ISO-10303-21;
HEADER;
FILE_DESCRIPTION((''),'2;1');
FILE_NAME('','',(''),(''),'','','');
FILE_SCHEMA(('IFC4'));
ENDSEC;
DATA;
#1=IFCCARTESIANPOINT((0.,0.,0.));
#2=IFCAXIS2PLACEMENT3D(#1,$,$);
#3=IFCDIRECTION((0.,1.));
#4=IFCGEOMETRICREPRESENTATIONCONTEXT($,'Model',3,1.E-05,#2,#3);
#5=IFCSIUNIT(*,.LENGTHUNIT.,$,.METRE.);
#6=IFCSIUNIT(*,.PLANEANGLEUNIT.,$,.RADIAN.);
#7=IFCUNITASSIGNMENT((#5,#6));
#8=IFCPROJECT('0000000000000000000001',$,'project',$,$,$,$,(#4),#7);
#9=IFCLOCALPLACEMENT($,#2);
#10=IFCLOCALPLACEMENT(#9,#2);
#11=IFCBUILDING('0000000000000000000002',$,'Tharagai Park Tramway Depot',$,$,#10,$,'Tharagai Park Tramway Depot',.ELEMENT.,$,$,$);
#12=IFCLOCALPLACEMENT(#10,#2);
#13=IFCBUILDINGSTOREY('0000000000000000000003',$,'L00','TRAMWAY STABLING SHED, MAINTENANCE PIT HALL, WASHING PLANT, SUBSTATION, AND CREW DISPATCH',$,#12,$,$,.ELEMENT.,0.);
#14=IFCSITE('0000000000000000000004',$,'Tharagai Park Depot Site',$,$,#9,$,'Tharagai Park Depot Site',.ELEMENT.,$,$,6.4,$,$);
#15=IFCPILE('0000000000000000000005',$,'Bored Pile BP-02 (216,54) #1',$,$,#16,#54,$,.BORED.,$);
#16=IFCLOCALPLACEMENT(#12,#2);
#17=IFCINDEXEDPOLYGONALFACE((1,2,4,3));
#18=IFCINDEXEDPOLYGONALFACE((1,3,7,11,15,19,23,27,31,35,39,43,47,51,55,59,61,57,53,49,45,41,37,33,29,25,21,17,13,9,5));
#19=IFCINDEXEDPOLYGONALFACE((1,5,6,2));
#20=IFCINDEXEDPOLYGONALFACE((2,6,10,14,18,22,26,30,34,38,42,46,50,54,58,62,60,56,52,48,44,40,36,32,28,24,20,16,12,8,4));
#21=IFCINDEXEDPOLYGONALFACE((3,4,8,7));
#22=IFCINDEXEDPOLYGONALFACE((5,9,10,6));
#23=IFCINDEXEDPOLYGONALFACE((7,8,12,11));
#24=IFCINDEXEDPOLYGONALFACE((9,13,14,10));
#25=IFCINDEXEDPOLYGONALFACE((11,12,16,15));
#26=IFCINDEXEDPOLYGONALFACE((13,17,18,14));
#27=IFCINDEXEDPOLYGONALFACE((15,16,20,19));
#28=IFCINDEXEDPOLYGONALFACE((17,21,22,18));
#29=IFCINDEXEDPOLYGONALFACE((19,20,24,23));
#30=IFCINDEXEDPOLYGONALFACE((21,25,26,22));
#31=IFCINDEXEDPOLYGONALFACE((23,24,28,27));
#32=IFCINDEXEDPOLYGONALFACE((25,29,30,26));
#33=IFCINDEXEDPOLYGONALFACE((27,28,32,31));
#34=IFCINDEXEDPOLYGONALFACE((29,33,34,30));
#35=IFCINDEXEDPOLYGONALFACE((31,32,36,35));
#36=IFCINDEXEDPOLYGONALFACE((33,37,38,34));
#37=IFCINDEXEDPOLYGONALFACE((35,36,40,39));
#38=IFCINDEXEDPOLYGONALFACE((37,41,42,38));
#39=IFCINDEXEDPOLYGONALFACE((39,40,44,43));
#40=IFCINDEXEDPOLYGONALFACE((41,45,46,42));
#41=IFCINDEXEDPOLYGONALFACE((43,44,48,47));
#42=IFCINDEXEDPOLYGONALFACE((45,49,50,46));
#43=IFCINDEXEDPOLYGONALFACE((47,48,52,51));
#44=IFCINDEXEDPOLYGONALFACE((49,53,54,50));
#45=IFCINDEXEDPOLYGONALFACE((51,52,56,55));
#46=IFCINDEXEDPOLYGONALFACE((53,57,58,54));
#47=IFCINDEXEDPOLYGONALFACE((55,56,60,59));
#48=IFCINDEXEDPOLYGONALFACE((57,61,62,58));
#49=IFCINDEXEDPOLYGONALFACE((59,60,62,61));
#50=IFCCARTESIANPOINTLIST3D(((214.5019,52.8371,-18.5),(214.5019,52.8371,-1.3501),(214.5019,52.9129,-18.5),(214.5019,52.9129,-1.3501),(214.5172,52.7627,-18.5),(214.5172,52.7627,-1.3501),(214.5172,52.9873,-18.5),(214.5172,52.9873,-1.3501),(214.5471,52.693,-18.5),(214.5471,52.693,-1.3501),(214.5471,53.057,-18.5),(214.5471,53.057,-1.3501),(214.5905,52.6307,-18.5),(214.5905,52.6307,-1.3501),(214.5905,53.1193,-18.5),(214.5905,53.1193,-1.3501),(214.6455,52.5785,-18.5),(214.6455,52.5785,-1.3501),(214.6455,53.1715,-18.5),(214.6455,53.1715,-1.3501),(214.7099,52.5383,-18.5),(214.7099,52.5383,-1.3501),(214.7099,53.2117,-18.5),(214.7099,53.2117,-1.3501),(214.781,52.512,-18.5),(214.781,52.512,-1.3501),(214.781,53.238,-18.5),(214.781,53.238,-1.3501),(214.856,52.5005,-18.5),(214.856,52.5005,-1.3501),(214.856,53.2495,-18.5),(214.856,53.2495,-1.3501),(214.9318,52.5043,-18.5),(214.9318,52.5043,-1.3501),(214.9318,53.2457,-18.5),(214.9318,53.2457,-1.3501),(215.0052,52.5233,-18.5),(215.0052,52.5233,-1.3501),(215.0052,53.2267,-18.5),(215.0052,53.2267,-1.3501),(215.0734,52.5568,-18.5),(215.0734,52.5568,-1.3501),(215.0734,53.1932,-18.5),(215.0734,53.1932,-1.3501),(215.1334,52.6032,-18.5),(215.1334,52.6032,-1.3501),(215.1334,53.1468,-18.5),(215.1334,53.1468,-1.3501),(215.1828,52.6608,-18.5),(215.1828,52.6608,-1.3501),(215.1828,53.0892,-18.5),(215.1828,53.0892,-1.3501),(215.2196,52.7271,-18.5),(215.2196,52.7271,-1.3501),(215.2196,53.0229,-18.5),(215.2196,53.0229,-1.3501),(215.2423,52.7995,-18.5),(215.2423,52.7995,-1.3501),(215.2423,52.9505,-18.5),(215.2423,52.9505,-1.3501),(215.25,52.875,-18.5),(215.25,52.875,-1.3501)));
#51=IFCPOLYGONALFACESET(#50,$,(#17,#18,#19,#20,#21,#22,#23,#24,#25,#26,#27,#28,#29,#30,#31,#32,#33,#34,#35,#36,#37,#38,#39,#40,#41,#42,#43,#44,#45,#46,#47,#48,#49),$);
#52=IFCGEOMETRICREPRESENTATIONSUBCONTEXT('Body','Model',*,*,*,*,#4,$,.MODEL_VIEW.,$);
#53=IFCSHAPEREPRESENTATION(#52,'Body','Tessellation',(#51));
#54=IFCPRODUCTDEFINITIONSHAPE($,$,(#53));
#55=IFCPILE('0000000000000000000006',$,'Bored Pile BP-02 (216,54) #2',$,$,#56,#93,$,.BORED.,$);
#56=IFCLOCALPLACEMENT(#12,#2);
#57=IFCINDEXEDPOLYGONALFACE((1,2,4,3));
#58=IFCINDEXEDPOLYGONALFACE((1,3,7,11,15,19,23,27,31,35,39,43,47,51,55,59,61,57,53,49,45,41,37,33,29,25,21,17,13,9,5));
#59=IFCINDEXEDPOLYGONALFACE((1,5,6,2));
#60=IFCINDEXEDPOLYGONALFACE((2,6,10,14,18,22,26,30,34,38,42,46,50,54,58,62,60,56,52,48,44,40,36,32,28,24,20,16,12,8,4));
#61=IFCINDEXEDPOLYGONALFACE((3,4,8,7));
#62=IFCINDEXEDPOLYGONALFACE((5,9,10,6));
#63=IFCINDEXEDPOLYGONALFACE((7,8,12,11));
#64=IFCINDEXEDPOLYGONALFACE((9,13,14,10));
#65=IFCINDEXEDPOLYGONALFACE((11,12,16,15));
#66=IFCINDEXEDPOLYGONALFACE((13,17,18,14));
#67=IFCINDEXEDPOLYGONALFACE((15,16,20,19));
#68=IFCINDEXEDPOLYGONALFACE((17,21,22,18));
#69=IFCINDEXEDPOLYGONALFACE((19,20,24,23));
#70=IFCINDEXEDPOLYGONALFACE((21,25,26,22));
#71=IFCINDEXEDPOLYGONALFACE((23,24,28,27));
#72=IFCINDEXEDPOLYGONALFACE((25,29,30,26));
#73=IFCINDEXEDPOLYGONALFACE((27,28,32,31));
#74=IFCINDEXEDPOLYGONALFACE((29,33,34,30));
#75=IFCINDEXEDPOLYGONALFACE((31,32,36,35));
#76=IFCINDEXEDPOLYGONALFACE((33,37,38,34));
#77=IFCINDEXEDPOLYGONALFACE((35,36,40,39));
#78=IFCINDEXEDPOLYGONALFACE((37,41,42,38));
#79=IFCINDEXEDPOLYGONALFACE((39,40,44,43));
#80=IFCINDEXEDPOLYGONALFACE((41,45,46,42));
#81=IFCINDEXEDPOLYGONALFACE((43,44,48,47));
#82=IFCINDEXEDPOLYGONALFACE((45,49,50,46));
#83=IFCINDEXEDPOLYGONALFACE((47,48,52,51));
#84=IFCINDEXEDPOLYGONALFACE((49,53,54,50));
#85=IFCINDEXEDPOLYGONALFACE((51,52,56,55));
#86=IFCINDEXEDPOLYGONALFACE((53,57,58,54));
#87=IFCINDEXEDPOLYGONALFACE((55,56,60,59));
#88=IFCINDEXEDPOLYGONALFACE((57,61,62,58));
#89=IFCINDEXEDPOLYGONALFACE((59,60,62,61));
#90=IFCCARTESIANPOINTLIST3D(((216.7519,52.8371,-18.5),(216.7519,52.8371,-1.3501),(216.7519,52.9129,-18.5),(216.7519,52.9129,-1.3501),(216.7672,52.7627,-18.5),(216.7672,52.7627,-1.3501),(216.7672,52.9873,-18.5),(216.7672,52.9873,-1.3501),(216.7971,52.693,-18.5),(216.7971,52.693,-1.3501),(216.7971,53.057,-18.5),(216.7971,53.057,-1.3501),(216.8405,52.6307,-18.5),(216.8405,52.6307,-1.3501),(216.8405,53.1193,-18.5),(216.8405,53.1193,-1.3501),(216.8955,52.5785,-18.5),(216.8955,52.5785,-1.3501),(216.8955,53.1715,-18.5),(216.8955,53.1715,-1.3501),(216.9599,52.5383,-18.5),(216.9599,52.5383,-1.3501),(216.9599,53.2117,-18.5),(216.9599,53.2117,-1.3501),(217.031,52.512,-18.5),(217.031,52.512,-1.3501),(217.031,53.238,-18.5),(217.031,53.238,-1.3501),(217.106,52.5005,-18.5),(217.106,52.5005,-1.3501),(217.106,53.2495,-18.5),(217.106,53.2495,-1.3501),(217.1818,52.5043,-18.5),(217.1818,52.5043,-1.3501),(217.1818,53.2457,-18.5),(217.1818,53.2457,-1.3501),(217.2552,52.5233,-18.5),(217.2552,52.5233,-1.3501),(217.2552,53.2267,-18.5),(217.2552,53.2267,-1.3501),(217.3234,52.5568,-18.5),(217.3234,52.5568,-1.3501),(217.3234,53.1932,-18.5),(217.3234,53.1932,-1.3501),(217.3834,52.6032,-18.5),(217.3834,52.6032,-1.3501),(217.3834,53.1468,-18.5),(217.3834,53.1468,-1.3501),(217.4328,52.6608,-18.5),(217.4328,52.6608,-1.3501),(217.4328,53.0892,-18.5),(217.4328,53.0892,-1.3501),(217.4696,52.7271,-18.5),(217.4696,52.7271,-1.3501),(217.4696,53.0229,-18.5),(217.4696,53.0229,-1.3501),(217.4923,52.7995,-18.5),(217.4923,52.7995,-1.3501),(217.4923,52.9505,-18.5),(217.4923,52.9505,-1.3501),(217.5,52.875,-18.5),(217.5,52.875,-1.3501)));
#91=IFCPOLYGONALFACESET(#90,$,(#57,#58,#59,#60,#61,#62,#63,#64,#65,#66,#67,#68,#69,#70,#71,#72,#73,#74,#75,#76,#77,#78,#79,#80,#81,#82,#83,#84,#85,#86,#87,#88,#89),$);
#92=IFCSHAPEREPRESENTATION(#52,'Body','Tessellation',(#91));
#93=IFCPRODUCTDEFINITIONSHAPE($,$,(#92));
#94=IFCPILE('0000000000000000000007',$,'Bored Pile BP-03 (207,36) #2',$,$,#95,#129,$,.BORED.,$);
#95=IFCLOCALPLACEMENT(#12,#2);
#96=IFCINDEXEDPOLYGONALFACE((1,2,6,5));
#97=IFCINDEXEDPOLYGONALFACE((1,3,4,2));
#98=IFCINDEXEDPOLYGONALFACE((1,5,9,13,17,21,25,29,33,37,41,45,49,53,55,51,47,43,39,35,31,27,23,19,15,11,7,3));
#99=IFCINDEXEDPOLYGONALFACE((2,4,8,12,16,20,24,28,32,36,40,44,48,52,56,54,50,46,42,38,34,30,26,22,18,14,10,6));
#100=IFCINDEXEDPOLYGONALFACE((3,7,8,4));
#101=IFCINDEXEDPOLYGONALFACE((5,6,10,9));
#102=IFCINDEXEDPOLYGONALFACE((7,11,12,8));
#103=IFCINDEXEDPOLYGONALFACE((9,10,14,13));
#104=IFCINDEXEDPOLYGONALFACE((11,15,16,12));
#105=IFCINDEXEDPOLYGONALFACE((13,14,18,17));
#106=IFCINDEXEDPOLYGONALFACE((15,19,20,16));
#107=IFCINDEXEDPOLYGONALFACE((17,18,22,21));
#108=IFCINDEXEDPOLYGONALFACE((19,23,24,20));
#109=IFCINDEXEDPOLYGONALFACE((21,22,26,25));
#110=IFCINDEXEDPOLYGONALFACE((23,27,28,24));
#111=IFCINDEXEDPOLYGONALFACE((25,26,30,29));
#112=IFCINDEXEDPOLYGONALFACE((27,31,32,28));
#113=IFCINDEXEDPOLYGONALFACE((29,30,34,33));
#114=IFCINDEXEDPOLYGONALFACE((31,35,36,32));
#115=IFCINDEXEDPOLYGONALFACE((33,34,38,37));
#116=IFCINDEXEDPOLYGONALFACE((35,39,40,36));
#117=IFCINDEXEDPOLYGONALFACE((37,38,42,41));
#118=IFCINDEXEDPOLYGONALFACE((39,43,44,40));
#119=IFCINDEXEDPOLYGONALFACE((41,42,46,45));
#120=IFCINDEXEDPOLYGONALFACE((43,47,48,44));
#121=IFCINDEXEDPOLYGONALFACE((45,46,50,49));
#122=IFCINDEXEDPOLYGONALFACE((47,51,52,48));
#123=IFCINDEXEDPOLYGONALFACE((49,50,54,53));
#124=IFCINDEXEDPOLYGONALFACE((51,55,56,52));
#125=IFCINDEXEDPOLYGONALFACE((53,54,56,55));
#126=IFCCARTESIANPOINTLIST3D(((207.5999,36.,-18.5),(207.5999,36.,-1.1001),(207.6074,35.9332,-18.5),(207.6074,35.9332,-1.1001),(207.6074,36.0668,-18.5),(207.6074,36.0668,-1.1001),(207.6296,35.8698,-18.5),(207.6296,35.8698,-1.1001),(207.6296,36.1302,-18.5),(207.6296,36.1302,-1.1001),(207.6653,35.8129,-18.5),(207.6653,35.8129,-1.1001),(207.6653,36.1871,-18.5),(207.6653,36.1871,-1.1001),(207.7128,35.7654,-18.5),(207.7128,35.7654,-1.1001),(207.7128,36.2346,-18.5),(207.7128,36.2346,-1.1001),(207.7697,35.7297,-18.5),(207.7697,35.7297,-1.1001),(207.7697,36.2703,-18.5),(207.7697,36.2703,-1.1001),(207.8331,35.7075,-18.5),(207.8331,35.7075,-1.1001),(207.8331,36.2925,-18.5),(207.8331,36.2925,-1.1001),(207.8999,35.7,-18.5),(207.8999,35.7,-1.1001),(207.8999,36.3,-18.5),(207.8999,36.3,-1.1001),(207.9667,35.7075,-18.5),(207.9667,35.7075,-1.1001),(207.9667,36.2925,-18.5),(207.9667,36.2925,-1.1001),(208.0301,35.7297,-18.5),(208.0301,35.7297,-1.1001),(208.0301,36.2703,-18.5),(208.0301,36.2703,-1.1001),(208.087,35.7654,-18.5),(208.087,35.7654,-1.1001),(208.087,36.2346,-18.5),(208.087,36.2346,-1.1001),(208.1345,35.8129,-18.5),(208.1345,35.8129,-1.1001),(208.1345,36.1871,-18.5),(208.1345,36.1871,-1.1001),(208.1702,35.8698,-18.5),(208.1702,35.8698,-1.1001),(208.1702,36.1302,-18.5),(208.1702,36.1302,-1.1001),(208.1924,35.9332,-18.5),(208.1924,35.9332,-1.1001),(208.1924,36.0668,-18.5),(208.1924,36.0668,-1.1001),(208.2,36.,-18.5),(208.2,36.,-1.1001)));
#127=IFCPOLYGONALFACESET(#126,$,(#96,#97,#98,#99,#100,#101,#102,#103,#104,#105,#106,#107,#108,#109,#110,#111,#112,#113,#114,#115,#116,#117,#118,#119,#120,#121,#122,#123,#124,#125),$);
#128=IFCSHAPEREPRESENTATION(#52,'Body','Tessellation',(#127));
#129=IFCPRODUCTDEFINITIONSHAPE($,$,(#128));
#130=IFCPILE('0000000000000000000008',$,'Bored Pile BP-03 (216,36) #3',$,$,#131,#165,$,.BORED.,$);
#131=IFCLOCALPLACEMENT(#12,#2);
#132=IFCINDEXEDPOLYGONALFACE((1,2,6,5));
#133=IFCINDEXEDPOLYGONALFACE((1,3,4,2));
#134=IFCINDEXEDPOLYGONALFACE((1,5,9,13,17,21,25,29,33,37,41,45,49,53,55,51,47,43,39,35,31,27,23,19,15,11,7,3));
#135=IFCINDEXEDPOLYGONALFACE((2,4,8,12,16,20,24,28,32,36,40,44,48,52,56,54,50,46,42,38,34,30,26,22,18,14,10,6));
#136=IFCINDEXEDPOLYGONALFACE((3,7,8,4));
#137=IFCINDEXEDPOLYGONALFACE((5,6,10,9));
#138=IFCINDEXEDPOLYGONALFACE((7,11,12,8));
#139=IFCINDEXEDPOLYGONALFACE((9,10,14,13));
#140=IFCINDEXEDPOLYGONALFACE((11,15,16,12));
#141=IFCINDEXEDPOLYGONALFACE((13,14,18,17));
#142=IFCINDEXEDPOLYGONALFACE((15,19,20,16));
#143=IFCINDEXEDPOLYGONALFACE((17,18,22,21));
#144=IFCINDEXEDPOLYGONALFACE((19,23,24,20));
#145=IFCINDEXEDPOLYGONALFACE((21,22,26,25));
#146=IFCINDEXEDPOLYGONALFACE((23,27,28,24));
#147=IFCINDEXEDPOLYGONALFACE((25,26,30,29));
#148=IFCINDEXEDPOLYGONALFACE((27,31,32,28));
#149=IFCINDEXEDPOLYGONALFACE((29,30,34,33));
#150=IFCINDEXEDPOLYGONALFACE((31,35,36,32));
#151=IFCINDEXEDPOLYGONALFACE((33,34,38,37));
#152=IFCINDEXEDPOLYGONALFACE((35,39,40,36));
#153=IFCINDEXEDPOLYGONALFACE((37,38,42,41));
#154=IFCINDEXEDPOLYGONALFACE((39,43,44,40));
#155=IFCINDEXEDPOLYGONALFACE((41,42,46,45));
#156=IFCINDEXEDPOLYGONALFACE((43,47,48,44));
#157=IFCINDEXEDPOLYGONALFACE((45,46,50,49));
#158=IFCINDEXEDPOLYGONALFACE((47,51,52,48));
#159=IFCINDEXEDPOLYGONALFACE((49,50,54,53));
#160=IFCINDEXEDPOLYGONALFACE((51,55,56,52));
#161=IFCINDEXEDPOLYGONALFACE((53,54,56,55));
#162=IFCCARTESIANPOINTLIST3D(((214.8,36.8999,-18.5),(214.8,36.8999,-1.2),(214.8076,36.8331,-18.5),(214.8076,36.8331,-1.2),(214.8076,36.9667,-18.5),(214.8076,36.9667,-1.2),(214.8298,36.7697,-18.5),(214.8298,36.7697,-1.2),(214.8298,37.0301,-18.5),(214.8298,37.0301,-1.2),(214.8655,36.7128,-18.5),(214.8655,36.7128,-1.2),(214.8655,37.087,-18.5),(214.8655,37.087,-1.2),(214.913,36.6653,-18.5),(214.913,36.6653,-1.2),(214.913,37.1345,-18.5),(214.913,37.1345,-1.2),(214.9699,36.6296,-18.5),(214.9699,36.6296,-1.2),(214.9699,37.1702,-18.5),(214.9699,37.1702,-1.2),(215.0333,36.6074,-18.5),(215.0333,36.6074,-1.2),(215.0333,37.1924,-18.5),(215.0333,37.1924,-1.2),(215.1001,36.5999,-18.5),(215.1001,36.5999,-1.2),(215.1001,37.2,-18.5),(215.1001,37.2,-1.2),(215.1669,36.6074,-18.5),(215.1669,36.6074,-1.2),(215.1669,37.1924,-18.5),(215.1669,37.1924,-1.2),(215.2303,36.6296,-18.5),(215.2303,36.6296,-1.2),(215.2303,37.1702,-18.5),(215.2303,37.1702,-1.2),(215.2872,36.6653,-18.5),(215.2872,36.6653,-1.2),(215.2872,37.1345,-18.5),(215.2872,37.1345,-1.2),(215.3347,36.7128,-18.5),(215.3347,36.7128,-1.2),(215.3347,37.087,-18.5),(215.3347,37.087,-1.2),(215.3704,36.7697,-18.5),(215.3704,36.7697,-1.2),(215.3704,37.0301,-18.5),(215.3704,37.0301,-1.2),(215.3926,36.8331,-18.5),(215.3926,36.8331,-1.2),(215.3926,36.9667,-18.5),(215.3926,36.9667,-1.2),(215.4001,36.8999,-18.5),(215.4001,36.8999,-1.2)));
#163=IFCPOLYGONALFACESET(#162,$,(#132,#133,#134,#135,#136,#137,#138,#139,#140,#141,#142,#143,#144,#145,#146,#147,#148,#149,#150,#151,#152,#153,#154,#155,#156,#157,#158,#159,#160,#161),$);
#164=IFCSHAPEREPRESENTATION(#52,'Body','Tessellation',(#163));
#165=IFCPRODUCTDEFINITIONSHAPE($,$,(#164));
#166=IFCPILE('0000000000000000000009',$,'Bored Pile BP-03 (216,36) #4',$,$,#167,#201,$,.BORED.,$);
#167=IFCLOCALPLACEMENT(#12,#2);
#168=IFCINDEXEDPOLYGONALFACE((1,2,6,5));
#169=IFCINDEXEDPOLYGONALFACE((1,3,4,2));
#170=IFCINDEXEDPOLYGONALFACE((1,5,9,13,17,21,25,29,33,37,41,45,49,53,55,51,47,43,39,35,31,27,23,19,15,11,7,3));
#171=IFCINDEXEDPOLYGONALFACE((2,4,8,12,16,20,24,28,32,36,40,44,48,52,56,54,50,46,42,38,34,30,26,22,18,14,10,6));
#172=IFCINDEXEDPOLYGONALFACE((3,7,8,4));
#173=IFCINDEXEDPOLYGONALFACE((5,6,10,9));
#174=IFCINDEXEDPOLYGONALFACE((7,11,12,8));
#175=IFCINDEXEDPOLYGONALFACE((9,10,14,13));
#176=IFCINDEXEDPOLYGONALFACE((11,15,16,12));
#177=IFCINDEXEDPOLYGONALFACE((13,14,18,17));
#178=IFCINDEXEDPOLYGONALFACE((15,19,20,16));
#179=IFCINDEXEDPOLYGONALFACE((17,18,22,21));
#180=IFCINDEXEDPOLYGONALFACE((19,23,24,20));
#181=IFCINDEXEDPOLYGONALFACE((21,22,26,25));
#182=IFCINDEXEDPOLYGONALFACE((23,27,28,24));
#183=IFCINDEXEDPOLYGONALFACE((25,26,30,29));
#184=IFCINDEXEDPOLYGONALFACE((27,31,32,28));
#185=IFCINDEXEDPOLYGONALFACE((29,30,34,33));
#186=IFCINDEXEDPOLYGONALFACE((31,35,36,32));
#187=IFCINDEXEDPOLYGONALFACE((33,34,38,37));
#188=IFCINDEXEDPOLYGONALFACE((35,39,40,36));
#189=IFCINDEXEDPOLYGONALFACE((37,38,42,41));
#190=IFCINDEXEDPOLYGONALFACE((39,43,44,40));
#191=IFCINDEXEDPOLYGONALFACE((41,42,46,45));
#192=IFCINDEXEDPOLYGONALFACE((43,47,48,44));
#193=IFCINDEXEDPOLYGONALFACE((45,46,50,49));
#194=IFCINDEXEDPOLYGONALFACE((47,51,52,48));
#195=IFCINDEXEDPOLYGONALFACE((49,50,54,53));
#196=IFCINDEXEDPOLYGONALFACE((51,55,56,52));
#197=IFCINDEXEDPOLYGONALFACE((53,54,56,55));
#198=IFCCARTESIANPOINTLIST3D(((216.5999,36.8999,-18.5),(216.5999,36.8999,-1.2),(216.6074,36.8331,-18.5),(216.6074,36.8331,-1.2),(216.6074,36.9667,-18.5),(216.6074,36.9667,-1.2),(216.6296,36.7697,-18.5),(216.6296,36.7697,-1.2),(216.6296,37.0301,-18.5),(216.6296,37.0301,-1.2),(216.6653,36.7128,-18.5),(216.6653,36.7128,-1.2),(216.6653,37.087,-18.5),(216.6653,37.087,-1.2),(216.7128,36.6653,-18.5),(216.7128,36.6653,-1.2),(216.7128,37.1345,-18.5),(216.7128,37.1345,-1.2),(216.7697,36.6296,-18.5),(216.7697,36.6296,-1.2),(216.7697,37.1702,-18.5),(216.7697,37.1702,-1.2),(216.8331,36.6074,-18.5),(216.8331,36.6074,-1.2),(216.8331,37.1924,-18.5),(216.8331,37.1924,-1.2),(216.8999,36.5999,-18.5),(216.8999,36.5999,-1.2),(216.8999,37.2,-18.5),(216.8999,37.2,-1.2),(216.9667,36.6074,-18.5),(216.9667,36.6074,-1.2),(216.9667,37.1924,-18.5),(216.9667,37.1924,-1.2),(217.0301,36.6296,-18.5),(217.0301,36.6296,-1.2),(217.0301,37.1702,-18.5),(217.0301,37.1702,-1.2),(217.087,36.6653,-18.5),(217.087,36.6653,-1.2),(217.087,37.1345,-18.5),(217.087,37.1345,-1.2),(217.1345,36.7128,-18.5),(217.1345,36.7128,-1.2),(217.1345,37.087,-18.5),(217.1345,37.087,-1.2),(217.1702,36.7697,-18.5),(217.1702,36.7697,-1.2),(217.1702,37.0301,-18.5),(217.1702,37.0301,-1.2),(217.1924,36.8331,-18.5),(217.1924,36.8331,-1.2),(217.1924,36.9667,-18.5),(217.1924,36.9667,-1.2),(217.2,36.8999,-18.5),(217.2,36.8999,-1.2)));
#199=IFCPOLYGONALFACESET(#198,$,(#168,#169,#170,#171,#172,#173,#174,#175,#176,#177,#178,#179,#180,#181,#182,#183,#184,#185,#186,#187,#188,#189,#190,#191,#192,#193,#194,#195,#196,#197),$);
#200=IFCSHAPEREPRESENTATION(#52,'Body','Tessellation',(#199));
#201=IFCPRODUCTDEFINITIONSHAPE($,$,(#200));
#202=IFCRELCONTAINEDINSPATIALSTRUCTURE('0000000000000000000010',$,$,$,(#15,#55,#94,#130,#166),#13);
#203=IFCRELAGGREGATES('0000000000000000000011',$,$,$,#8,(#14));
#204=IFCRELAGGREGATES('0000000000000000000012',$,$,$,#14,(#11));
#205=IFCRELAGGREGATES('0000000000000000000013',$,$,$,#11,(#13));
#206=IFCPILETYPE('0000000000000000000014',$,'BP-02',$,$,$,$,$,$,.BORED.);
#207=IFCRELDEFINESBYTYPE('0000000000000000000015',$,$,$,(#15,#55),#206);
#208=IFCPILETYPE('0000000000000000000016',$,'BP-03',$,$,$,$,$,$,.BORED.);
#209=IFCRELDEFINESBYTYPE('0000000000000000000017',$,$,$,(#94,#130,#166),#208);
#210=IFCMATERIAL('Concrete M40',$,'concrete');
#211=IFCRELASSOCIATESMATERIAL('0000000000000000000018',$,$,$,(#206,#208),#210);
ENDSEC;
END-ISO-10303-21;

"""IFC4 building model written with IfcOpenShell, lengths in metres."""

from ifc_helpers import new_model, si_unit, direction, frame, origin, origin_2d, place, context, subcontext, project, spatial, circle, extrude, material, material_profile, profile_set, type_object, element, save


model = new_model("IFC4")

# Units and contexts
model_context = context("Model", 3, precision=1e-05, world=origin(), true_north=direction((0.0, 1.0)))
body_context = subcontext(model_context, "Body", "Model", "MODEL_VIEW")
ifc_project = project(units=[si_unit("LENGTHUNIT", "METRE"), si_unit("PLANEANGLEUNIT", "RADIAN")], contexts=[model_context])

# Site, building, storey
site_placement = place(None, origin())
site = spatial("IfcSite", under=ifc_project, at=site_placement, Name="Tharagai Park Depot Site", LongName="Tharagai Park Depot Site", CompositionType="ELEMENT", RefElevation=6.4)
building_placement = place(site_placement, origin())
building = spatial("IfcBuilding", under=site, at=building_placement, Name="Tharagai Park Tramway Depot", LongName="Tharagai Park Tramway Depot", CompositionType="ELEMENT")
storey_placement = place(building_placement, origin())
storey = spatial("IfcBuildingStorey", under=building, at=storey_placement, Name="L00", Description="TRAMWAY STABLING SHED, MAINTENANCE PIT HALL, WASHING PLANT, SUBSTATION, AND CREW DISPATCH", CompositionType="ELEMENT", Elevation=0.0)

# Piles
ifc_material_1 = material(Name="Concrete M40", Category="concrete")
ifc_material_profile_1 = material_profile(ifc_material_1, circle(Radius=0.375, at=origin_2d()), Name="PILE D750")
ifc_profile_set_1 = profile_set([ifc_material_profile_1], Name="Concrete M40")
pile_type_1 = type_object("IfcPileType", Name="BP-02", PredefinedType="BORED", material=ifc_profile_set_1)
for number, where, z_axis, x_axis, name in (
    (1, (214.875, 52.875, -1.3501), (0.0, 0.0, -1.0), (1.0, 0.0, 0.0), "Bored Pile BP-02 (216,54) #1"),
    (2, (217.125, 52.875, -1.3501), (0.0, 0.0, -1.0), (1.0, 0.0, 0.0), "Bored Pile BP-02 (216,54) #2"),
):
    element("IfcPile", number, at=place(storey_placement, frame(where, z_axis=z_axis, x_axis=x_axis)), inside=storey, type_object=pile_type_1, Name=name, PredefinedType="BORED", context=body_context, shape_type="SweptSolid", body=[
        extrude(circle(Radius=0.375, at=origin_2d()), origin(), (0.0, 0.0, 1.0), 17.1499),
    ])
ifc_material_profile_2 = material_profile(ifc_material_1, circle(Radius=0.3, at=origin_2d()), Name="PILE D600")
ifc_profile_set_2 = profile_set([ifc_material_profile_2], Name="Concrete M40")
pile_type_2 = type_object("IfcPileType", Name="BP-03", PredefinedType="BORED", material=ifc_profile_set_2)
pile_placement = place(storey_placement, frame((207.8999, 36.0, -1.1001), z_axis=(0.0, 0.0, -1.0), x_axis=(1.0, 0.0, 0.0)))
element("IfcPile", 3, at=pile_placement, inside=storey, type_object=pile_type_2, Name="Bored Pile BP-03 (207,36) #2", PredefinedType="BORED", context=body_context, shape_type="SweptSolid", body=[
    extrude(circle(Radius=0.3, at=origin_2d()), origin(), (0.0, 0.0, 1.0), 17.3999),
])
for number, where, z_axis, x_axis, name in (
    (4, (215.1001, 36.8999, -1.2), (0.0, 0.0, -1.0), (1.0, 0.0, 0.0), "Bored Pile BP-03 (216,36) #3"),
    (5, (216.8999, 36.8999, -1.2), (0.0, 0.0, -1.0), (1.0, 0.0, 0.0), "Bored Pile BP-03 (216,36) #4"),
):
    element("IfcPile", number, at=place(storey_placement, frame(where, z_axis=z_axis, x_axis=x_axis)), inside=storey, type_object=pile_type_2, Name=name, PredefinedType="BORED", context=body_context, shape_type="SweptSolid", body=[
        extrude(circle(Radius=0.3, at=origin_2d()), origin(), (0.0, 0.0, 1.0), 17.3),
    ])

save(model, "model.ifc")
